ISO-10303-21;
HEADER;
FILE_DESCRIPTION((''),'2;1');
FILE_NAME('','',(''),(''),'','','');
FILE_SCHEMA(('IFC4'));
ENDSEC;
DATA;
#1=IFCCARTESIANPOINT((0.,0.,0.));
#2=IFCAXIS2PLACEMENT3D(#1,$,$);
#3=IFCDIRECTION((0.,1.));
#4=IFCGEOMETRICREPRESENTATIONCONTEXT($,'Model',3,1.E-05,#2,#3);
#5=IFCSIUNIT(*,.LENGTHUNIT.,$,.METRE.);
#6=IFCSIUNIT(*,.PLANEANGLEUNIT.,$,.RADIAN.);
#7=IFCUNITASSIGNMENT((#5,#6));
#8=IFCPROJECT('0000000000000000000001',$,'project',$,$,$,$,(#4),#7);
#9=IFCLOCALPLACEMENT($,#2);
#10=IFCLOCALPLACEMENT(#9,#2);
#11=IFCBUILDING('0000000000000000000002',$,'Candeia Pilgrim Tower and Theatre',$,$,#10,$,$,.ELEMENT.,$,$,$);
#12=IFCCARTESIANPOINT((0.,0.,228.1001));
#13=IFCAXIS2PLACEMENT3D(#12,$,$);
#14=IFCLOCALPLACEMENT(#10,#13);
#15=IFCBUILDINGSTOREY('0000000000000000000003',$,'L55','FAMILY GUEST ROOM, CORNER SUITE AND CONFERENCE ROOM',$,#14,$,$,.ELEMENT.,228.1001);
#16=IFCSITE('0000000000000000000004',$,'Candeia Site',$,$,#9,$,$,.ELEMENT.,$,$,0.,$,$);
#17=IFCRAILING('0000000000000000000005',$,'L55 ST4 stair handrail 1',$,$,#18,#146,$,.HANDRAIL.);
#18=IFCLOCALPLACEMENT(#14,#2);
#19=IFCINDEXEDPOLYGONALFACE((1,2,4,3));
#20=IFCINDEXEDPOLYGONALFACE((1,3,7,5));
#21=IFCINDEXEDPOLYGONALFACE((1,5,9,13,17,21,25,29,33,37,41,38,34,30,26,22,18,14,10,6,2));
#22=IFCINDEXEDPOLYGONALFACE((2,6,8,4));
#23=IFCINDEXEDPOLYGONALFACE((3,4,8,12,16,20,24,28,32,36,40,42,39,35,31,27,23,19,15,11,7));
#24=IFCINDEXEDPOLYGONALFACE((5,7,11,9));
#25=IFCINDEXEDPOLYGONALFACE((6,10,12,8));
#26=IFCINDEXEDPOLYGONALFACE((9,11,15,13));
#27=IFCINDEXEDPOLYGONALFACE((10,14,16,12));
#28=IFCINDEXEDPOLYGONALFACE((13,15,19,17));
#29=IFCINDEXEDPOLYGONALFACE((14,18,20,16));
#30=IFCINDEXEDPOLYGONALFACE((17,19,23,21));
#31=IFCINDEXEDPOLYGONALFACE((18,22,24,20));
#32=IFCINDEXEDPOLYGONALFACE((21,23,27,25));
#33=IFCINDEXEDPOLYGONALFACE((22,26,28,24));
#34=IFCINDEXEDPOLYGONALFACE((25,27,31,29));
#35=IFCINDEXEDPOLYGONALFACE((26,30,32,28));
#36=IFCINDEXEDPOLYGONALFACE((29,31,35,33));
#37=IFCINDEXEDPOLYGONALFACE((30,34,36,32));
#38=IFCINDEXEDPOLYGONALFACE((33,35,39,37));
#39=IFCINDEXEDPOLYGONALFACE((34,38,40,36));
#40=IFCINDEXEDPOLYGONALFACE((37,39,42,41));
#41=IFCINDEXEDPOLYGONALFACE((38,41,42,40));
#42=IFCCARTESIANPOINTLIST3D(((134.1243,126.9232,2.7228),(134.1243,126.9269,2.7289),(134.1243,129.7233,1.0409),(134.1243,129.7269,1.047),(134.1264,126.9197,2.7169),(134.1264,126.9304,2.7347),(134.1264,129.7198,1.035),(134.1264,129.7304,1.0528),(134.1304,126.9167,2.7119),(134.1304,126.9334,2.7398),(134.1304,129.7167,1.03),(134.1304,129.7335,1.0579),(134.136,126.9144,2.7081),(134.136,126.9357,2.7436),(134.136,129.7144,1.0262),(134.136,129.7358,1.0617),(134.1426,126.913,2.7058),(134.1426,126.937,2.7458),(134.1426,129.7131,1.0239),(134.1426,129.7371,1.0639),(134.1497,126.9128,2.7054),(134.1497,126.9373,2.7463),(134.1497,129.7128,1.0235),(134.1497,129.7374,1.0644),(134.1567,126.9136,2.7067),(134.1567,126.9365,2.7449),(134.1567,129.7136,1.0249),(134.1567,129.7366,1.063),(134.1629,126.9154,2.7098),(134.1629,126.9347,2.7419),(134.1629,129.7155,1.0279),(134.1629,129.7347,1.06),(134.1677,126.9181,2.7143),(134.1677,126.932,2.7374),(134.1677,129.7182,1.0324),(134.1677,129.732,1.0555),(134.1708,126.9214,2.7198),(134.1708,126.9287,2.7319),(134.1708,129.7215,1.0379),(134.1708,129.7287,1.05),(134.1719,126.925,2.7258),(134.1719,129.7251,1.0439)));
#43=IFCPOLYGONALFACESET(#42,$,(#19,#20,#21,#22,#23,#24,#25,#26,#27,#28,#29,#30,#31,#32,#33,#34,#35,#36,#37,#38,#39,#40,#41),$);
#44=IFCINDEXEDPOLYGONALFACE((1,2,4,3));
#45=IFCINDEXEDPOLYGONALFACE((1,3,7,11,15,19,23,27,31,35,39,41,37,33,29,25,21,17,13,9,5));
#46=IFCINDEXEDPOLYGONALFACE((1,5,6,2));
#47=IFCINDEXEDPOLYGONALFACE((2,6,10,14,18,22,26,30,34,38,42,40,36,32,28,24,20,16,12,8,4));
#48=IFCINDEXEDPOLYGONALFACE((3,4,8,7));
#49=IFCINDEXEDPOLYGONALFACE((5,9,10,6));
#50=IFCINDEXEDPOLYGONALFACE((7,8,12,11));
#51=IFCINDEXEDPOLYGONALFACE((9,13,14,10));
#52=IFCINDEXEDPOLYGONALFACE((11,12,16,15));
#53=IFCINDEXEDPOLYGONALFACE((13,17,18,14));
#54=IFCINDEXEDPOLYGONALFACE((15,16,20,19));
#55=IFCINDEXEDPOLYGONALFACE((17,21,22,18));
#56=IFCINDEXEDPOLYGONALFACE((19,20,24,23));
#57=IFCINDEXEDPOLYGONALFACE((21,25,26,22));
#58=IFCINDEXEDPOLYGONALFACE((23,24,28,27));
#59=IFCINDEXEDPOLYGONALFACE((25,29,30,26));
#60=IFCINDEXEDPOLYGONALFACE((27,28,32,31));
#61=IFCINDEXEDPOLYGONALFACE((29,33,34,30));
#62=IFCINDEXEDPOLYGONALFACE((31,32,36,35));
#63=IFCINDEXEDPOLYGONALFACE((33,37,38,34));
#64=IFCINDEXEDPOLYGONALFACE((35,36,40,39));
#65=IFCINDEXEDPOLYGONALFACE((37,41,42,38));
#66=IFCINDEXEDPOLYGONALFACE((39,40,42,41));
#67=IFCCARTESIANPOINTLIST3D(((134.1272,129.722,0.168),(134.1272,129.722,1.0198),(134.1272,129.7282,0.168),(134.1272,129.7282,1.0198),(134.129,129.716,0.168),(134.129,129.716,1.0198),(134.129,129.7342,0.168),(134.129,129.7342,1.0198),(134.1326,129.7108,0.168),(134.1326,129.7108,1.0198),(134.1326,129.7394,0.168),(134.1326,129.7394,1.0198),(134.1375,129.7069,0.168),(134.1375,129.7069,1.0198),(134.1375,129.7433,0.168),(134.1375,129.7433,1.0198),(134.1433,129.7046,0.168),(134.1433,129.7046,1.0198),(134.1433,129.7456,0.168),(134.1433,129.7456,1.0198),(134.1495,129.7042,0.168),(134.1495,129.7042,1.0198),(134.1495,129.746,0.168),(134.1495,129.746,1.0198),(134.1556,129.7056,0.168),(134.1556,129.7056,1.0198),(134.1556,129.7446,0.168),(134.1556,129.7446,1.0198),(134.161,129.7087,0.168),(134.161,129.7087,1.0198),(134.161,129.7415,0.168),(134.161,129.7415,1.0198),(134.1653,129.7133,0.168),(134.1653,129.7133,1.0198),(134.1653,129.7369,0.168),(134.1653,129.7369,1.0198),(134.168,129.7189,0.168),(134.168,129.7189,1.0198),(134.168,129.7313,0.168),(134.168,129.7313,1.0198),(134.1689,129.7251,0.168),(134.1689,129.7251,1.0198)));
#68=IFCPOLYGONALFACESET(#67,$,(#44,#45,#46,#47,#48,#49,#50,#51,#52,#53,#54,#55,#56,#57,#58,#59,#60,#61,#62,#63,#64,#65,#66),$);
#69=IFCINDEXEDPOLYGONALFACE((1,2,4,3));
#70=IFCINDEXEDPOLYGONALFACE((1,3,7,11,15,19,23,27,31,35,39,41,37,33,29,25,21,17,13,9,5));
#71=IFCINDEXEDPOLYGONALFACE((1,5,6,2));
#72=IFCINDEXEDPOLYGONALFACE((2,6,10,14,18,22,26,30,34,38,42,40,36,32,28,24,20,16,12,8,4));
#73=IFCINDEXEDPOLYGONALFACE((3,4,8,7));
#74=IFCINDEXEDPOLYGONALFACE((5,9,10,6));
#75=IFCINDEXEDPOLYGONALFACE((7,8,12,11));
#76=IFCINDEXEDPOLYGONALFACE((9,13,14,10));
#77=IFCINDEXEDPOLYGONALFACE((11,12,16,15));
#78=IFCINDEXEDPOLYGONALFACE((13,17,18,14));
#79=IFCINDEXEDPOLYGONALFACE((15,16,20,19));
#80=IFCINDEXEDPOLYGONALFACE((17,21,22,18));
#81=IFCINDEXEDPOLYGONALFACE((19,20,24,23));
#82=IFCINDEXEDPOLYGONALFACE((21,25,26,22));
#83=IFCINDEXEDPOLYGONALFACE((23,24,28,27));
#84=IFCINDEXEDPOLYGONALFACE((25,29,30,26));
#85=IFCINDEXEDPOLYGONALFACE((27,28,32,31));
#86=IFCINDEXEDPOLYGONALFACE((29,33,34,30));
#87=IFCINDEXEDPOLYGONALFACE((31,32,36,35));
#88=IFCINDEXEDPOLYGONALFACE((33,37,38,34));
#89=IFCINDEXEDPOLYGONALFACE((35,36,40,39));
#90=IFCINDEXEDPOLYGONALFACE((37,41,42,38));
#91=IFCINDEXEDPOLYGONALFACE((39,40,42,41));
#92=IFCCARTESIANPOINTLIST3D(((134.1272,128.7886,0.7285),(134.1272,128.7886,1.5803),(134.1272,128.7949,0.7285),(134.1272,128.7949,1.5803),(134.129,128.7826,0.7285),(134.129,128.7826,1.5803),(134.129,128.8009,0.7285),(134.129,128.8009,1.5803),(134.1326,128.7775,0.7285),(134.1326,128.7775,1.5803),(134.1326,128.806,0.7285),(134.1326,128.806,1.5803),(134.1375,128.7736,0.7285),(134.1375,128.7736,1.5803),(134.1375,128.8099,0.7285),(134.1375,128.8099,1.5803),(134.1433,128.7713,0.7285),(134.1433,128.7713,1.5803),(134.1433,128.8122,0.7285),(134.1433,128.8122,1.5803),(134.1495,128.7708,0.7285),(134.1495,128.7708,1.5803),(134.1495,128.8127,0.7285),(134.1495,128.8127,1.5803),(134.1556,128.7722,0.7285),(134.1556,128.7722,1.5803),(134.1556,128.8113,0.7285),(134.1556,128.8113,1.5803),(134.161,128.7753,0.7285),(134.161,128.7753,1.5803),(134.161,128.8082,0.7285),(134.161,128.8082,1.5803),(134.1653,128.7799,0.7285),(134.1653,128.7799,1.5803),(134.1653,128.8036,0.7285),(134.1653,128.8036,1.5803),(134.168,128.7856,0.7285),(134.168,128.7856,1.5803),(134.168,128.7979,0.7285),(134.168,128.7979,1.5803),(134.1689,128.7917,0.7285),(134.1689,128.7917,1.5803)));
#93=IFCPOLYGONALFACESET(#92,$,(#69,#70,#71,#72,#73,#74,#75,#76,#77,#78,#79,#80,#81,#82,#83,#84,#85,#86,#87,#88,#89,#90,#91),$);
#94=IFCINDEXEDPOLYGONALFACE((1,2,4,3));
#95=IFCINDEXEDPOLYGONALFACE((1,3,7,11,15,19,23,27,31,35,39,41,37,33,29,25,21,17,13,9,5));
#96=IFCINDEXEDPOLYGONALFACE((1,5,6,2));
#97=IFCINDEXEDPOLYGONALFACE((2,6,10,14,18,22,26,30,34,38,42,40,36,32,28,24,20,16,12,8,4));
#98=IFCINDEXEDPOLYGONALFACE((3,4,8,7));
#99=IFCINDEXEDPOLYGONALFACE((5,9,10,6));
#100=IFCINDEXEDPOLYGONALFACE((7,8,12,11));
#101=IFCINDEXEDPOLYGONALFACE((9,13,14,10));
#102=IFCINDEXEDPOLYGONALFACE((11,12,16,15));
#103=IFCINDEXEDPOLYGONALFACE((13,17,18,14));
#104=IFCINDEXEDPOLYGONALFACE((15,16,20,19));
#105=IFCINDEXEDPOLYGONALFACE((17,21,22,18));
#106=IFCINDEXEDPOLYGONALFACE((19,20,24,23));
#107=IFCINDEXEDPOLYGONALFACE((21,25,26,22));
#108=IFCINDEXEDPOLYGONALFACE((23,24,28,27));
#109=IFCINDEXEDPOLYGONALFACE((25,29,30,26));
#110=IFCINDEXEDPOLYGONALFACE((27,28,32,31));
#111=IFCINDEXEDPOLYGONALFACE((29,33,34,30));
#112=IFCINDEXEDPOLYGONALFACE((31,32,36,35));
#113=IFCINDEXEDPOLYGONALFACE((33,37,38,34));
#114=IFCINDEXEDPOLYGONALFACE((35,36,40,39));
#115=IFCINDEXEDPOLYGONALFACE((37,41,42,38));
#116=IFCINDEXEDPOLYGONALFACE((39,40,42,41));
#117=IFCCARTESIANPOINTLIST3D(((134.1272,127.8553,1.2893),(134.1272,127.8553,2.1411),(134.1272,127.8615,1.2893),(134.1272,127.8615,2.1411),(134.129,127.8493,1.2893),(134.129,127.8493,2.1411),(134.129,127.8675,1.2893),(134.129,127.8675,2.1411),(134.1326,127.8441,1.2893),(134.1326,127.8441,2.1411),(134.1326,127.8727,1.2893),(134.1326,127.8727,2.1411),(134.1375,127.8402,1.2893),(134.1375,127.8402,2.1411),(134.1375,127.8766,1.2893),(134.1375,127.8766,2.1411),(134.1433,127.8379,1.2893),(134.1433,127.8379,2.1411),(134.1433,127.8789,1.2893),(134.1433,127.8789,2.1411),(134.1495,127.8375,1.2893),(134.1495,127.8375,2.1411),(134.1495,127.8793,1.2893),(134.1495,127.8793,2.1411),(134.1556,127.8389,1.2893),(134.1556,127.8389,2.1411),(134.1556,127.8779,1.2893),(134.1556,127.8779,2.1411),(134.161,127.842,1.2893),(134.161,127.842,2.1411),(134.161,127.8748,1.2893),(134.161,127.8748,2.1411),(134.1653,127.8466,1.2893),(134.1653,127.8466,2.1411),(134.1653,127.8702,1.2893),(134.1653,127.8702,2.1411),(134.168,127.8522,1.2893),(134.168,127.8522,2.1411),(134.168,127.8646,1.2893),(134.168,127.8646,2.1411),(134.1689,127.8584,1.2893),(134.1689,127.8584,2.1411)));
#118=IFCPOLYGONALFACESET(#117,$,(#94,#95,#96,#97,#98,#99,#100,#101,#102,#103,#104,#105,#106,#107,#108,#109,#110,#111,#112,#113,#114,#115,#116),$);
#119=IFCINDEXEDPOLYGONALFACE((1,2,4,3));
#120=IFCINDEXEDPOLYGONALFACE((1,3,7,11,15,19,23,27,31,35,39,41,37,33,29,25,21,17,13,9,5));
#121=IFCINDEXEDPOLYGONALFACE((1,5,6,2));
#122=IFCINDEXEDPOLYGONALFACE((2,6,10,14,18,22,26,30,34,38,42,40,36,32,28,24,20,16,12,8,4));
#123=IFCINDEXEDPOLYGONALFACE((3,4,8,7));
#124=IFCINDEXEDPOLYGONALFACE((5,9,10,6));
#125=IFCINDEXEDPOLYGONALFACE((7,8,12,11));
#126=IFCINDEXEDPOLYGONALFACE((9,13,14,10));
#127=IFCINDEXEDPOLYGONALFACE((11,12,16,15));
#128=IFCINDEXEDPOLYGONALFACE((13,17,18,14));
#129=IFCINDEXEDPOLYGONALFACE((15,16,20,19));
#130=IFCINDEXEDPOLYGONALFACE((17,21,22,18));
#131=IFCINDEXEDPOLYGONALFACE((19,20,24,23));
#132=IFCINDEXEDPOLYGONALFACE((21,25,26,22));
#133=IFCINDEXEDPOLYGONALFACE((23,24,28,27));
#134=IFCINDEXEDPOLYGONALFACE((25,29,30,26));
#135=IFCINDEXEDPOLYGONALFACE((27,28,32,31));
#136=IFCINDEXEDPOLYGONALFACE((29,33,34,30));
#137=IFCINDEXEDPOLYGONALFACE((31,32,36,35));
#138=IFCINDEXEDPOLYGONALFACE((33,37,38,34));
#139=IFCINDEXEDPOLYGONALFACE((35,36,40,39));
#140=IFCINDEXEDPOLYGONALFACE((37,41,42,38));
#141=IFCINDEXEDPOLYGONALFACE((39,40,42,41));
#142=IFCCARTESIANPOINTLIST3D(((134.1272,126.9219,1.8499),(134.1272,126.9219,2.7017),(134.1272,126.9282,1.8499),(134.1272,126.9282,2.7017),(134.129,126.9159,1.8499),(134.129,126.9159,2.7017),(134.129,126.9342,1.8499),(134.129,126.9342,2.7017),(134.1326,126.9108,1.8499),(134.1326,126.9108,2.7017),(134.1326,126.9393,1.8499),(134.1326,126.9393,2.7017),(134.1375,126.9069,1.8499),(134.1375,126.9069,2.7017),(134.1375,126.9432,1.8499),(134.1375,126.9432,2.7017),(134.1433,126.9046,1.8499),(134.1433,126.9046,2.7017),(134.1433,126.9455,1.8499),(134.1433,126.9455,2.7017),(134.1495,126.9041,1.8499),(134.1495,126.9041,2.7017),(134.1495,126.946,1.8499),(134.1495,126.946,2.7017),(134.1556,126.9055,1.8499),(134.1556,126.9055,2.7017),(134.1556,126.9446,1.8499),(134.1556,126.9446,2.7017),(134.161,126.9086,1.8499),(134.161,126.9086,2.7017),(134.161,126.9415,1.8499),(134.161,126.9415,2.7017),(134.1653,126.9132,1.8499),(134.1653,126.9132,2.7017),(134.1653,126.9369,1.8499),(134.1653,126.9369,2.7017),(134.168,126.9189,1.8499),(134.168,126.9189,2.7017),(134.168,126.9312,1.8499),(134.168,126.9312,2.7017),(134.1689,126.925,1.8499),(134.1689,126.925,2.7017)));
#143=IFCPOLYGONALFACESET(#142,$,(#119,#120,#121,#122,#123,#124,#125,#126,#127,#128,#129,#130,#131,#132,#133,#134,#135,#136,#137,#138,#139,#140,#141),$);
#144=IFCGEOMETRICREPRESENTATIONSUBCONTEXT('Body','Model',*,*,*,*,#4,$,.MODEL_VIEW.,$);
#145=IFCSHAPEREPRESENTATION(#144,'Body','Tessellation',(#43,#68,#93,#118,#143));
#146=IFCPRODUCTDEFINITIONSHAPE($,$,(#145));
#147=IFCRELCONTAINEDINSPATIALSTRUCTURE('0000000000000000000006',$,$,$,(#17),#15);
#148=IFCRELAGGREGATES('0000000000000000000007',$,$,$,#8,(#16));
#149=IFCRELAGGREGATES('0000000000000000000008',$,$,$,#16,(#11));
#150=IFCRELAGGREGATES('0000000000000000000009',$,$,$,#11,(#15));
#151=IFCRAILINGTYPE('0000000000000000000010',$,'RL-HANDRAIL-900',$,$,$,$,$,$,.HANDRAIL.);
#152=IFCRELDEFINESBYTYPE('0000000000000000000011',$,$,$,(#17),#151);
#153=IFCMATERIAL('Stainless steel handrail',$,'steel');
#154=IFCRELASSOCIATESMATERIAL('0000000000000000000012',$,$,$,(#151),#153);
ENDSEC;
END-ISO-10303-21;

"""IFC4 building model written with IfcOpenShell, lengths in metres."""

from ifc_helpers import new_model, si_unit, direction, frame, origin, origin_2d, place, context, subcontext, project, spatial, circle, extrude, material, type_object, element, save


model = new_model("IFC4")

# Units and contexts
model_context = context("Model", 3, precision=1e-05, world=origin(), true_north=direction((0.0, 1.0)))
body_context = subcontext(model_context, "Body", "Model", "MODEL_VIEW")
ifc_project = project(units=[si_unit("LENGTHUNIT", "METRE"), si_unit("PLANEANGLEUNIT", "RADIAN")], contexts=[model_context])

# Site, building, storey
site_placement = place(None, origin())
site = spatial("IfcSite", under=ifc_project, at=site_placement, Name="Candeia Site", CompositionType="ELEMENT", RefElevation=0.0)
building_placement = place(site_placement, origin())
building = spatial("IfcBuilding", under=site, at=building_placement, Name="Candeia Pilgrim Tower and Theatre", CompositionType="ELEMENT")
storey_placement = place(building_placement, frame((0.0, 0.0, 228.1001)))
storey = spatial("IfcBuildingStorey", under=building, at=storey_placement, Name="L55", Description="FAMILY GUEST ROOM, CORNER SUITE AND CONFERENCE ROOM", CompositionType="ELEMENT", Elevation=228.1001)

# Railing
ifc_material_1 = material(Name="Stainless steel handrail", Category="steel")
railing_type_1 = type_object("IfcRailingType", Name="RL-HANDRAIL-900", PredefinedType="HANDRAIL", material=ifc_material_1)
railing_1_placement = place(storey_placement, frame((134.1479, 129.7251, 0.168)))
element("IfcRailing", 1, at=railing_1_placement, inside=storey, type_object=railing_type_1, Name="L55 ST4 stair handrail 1", PredefinedType="HANDRAIL", context=body_context, shape_type="SweptSolid", body=[
    extrude(circle(Radius=0.0239, at=origin_2d()), frame((0.0, 0.0, 0.876), z_axis=(0.0, -0.857242, 0.514913), x_axis=(1.0, 0.0, 0.0)), (0.0, 0.0, 1.0), 3.2664),
    extrude(circle(Radius=0.021, at=origin_2d()), origin(), (0.0, 0.0, 1.0), 0.8518),
    extrude(circle(Radius=0.021, at=origin_2d()), frame((0.0, -0.9333, 0.5605)), (0.0, 0.0, 1.0), 0.8518),
    extrude(circle(Radius=0.021, at=origin_2d()), frame((0.0, -1.8667, 1.1213)), (0.0, 0.0, 1.0), 0.8518),
    extrude(circle(Radius=0.021, at=origin_2d()), frame((0.0, -2.8, 1.6819)), (0.0, 0.0, 1.0), 0.8518),
])

save(model, "model.ifc")
